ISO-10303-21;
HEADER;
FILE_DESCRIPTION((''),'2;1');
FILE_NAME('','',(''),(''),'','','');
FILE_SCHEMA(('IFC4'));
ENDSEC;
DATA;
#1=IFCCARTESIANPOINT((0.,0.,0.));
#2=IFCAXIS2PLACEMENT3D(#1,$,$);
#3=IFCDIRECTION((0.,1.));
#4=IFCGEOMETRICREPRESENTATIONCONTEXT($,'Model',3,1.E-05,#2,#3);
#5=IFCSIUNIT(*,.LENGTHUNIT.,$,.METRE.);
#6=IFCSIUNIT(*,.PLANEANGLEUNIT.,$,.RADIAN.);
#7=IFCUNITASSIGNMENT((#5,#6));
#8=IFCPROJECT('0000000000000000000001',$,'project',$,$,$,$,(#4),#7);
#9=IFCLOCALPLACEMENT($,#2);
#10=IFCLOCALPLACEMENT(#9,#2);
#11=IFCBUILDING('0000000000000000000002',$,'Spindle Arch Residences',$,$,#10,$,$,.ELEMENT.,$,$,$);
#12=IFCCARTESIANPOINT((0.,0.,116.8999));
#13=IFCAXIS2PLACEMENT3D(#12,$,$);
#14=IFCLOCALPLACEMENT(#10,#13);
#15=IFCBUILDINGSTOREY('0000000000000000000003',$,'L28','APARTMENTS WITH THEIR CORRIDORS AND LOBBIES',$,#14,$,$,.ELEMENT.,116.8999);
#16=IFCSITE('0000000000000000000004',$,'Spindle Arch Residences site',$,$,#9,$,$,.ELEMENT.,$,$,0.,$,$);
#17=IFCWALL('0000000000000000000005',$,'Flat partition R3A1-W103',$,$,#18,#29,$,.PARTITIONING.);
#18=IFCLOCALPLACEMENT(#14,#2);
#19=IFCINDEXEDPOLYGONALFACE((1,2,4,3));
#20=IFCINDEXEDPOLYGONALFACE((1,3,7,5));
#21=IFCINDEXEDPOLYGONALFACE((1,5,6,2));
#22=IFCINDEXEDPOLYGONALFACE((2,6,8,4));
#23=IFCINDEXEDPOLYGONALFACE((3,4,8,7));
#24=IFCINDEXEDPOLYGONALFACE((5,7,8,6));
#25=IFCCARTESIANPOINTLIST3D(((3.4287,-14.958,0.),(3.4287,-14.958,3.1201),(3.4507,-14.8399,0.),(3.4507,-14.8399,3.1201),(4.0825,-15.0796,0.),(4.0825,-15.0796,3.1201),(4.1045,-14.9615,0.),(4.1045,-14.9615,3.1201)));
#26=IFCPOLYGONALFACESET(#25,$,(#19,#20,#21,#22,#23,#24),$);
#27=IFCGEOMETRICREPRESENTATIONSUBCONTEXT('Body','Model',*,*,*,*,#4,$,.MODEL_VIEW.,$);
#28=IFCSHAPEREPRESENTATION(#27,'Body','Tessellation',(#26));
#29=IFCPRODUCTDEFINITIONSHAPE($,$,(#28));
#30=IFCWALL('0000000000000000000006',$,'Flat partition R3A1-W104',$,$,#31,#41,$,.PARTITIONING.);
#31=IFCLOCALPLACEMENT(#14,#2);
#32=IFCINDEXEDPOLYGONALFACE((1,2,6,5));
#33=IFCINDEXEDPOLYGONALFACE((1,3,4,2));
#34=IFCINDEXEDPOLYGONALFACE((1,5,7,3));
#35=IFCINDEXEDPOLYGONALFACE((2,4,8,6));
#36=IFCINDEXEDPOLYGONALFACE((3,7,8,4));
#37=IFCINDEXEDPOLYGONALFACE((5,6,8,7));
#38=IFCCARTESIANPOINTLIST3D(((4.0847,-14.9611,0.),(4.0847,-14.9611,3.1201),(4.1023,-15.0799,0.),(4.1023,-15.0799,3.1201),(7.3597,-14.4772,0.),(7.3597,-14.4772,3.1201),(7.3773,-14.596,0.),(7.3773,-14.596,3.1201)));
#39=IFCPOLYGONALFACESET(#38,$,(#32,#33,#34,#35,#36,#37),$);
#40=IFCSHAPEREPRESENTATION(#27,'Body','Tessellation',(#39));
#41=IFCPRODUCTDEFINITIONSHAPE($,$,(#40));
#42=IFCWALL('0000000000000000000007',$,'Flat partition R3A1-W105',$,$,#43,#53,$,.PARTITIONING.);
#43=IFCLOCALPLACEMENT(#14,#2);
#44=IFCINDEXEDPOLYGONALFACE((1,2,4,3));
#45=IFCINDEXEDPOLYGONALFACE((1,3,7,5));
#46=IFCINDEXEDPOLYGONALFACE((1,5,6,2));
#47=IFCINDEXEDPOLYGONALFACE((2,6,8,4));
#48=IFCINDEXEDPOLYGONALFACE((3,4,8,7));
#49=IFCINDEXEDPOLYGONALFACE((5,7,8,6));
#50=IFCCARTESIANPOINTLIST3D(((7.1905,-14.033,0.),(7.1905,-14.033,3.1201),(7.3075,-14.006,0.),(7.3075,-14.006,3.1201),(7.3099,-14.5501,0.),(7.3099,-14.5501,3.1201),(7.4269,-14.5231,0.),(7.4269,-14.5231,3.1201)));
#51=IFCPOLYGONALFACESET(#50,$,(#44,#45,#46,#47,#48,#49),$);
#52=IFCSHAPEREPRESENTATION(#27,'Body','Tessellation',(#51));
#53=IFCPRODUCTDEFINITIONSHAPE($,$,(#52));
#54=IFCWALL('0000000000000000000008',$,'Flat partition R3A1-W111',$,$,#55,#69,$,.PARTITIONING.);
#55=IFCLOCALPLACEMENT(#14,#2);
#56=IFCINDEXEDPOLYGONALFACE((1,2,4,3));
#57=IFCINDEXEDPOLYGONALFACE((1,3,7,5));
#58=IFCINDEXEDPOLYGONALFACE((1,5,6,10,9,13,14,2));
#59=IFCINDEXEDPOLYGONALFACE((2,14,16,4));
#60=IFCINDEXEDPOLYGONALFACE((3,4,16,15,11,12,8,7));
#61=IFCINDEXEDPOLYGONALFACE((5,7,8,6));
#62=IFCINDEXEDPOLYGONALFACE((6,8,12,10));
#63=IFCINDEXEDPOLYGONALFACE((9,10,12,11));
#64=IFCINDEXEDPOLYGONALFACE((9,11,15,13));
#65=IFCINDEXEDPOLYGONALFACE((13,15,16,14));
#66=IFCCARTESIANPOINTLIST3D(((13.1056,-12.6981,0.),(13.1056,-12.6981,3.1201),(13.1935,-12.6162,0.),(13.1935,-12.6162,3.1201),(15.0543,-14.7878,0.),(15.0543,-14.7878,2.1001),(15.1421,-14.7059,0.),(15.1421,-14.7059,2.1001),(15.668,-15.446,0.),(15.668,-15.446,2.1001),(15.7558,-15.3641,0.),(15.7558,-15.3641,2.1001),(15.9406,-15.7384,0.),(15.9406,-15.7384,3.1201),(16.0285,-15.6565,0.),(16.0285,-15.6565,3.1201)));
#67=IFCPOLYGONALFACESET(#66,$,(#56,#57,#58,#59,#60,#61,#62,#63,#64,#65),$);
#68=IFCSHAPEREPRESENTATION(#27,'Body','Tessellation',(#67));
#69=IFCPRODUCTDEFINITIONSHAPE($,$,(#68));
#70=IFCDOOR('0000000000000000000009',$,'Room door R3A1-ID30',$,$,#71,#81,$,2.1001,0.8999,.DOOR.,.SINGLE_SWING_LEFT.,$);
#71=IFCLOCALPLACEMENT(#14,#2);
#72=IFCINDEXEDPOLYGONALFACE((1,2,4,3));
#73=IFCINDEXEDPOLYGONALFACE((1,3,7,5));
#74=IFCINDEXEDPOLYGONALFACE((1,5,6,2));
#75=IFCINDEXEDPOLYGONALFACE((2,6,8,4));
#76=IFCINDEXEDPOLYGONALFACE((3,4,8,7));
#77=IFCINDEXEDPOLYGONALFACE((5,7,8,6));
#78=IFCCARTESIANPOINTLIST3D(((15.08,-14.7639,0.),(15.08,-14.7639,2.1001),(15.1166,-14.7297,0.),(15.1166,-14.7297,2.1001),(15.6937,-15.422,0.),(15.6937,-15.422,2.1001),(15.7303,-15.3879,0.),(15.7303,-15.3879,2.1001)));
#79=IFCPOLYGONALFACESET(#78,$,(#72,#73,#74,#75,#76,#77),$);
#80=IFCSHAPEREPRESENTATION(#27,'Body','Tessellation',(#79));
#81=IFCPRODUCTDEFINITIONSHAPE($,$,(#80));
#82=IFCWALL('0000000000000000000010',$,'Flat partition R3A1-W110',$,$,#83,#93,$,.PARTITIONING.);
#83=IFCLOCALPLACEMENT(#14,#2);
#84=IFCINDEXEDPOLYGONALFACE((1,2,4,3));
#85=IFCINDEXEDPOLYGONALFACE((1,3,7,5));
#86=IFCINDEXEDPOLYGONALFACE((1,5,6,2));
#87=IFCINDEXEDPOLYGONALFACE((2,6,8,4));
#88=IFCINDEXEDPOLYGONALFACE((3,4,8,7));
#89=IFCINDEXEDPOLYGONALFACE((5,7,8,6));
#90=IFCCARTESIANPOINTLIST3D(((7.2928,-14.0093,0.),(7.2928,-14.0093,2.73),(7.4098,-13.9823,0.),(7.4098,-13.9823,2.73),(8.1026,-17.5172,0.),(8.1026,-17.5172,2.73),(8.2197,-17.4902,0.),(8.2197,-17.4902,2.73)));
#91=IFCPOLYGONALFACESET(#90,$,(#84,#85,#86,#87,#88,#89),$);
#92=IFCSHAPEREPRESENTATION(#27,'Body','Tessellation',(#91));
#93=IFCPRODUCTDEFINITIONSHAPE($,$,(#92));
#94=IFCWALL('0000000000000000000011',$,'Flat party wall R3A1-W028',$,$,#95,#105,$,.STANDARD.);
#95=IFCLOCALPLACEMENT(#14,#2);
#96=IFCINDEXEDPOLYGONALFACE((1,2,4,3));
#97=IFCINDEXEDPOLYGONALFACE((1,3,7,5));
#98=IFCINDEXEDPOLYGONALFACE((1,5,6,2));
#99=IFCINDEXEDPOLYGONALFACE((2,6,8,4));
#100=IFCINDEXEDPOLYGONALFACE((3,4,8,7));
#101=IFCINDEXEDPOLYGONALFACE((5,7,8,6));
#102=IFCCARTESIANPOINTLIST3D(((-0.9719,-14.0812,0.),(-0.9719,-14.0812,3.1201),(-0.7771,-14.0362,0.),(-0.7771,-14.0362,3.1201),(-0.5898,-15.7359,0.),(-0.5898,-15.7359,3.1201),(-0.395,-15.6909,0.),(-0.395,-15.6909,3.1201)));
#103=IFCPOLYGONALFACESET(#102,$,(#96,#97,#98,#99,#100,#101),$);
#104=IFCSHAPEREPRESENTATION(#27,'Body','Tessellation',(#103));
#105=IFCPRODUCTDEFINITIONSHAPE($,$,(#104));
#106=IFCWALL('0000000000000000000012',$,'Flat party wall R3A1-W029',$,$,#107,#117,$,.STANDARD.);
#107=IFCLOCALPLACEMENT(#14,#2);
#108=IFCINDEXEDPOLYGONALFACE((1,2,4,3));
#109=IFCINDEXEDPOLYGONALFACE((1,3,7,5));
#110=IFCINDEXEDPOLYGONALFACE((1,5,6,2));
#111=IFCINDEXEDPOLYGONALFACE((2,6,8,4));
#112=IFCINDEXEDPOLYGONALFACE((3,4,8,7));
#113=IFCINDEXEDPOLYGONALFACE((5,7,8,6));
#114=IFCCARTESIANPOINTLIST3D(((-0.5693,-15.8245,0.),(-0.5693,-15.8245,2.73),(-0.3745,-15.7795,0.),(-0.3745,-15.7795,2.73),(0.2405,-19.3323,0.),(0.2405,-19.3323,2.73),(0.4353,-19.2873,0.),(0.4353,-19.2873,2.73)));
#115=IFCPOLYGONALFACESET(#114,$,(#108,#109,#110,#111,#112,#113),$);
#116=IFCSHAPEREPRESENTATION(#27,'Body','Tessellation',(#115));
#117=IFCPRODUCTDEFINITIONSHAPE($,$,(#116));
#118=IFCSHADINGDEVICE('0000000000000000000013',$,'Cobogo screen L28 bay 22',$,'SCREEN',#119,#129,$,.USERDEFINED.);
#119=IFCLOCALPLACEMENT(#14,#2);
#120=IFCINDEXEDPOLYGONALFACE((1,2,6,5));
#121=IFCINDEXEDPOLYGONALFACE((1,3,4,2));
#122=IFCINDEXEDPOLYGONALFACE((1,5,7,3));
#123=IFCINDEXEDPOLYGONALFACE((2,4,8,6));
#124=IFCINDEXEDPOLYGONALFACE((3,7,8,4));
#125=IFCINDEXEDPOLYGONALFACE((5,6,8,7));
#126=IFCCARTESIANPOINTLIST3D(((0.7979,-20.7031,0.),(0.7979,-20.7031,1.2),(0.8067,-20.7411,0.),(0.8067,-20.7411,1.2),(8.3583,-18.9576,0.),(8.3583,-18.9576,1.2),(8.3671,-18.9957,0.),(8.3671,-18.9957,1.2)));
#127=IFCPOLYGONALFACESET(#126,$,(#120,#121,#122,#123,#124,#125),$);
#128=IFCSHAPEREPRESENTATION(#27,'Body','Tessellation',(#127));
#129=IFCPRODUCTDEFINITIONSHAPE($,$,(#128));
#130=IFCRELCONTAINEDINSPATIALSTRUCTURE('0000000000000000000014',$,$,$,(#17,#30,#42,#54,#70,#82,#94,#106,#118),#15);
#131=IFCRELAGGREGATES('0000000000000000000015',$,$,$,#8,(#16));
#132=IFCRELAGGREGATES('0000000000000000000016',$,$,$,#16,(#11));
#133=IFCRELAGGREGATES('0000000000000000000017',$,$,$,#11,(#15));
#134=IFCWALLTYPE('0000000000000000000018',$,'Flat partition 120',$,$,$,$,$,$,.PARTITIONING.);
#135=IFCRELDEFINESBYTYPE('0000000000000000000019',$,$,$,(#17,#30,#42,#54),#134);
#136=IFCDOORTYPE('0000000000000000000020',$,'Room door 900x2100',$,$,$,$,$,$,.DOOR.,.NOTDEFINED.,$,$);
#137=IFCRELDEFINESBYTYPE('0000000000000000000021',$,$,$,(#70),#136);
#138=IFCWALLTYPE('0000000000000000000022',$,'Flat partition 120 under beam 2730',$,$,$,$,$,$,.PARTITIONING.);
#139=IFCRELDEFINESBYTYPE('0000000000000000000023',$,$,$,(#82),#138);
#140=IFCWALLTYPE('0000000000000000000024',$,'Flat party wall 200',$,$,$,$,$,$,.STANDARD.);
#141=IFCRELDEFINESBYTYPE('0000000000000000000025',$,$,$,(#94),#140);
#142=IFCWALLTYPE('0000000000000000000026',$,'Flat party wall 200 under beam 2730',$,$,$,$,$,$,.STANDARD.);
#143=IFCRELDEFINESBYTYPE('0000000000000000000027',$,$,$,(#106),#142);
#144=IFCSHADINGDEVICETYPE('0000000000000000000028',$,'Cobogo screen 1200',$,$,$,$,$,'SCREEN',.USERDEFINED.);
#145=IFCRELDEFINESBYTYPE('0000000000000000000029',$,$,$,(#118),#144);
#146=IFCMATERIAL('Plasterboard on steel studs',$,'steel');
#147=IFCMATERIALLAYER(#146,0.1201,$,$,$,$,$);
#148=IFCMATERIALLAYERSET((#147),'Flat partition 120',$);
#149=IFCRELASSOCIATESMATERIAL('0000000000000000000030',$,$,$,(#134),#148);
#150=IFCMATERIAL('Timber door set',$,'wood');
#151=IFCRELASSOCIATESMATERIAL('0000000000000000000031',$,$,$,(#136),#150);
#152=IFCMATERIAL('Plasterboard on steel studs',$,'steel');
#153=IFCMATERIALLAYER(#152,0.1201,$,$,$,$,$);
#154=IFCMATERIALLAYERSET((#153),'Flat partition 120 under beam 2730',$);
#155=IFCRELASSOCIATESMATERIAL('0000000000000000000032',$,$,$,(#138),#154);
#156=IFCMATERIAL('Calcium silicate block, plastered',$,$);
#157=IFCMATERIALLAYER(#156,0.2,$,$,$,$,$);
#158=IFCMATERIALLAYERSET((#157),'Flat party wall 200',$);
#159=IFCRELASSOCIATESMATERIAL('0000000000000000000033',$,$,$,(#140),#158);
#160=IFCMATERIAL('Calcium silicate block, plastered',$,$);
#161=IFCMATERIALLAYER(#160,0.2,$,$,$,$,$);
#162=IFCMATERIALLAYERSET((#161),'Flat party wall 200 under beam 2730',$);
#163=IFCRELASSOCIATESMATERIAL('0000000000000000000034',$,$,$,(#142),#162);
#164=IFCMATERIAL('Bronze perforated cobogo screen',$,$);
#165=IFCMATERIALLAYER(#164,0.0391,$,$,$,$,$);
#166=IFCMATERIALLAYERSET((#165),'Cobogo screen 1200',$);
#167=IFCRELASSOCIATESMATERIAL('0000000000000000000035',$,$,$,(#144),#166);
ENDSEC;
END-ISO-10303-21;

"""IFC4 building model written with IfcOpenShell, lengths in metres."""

from ifc_helpers import new_model, si_unit, direction, frame, frame_2d, origin, origin_2d, place, context, subcontext, project, spatial, rectangle, extrude, material, layer, layer_set, type_object, element, fill, save


model = new_model("IFC4")

# Units and contexts
model_context = context("Model", 3, precision=1e-05, world=origin(), true_north=direction((0.0, 1.0)))
body_context = subcontext(model_context, "Body", "Model", "MODEL_VIEW")
ifc_project = project(units=[si_unit("LENGTHUNIT", "METRE"), si_unit("PLANEANGLEUNIT", "RADIAN")], contexts=[model_context])

# Site, building, storey
site_placement = place(None, origin())
site = spatial("IfcSite", under=ifc_project, at=site_placement, Name="Spindle Arch Residences site", CompositionType="ELEMENT", RefElevation=0.0)
building_placement = place(site_placement, origin())
building = spatial("IfcBuilding", under=site, at=building_placement, Name="Spindle Arch Residences", CompositionType="ELEMENT")
storey_placement = place(building_placement, frame((0.0, 0.0, 116.8999)))
storey = spatial("IfcBuildingStorey", under=building, at=storey_placement, Name="L28", Description="APARTMENTS WITH THEIR CORRIDORS AND LOBBIES", CompositionType="ELEMENT", Elevation=116.8999)

# Walls
ifc_material_1 = material(Name="Plasterboard on steel studs", Category="steel")
ifc_layer_1 = layer(ifc_material_1, 0.1201)
ifc_layer_set_1 = layer_set([ifc_layer_1], Name="Flat partition 120")
wall_type_1 = type_object("IfcWallType", Name="Flat partition 120", PredefinedType="PARTITIONING", material=ifc_layer_set_1)
wall_1_placement = place(storey_placement, frame((3.4397, -14.8989, 0.0), z_axis=(0.0, 0.0, 1.0), x_axis=(0.983145, -0.182825, 0.0)))
element("IfcWall", 1, at=wall_1_placement, inside=storey, type_object=wall_type_1, Name="Flat partition R3A1-W103", PredefinedType="PARTITIONING", context=body_context, shape_type="SweptSolid", body=[
    extrude(rectangle(XDim=0.665, YDim=0.1201, at=frame_2d((0.3325, 0.0))), origin(), (0.0, 0.0, 1.0), 3.1201),
])
wall_2_placement = place(storey_placement, frame((4.0935, -15.0205, 0.0), z_axis=(0.0, 0.0, 1.0), x_axis=(0.98926, 0.146169, 0.0)))
element("IfcWall", 2, at=wall_2_placement, inside=storey, type_object=wall_type_1, Name="Flat partition R3A1-W104", PredefinedType="PARTITIONING", context=body_context, shape_type="SweptSolid", body=[
    extrude(rectangle(XDim=3.3105, YDim=0.1201, at=frame_2d((1.6553, 0.0))), origin(), (0.0, 0.0, 1.0), 3.1201),
])
wall_3_placement = place(storey_placement, frame((7.3684, -14.5366, 0.0), z_axis=(0.0, 0.0, 1.0), x_axis=(-0.22496, 0.974368, 0.0)))
element("IfcWall", 3, at=wall_3_placement, inside=storey, type_object=wall_type_1, Name="Flat partition R3A1-W105", PredefinedType="PARTITIONING", context=body_context, shape_type="SweptSolid", body=[
    extrude(rectangle(XDim=0.5308, YDim=0.1201, at=frame_2d((0.2654, 0.0))), origin(), (0.0, 0.0, 1.0), 3.1201),
])

# Wall, opening, door
wall_4_placement = place(storey_placement, frame((15.9846, -15.6975, 0.0), z_axis=(0.0, 0.0, 1.0), x_axis=(-0.681979, 0.731372, 0.0)))
wall_4 = element("IfcWall", 4, at=wall_4_placement, inside=storey, type_object=wall_type_1, Name="Flat partition R3A1-W111", PredefinedType="PARTITIONING", context=body_context, shape_type="SweptSolid", body=[
    extrude(rectangle(XDim=4.157, YDim=0.1201, at=frame_2d((2.0786, 0.0))), origin(), (0.0, 0.0, 1.0), 3.1201),
])
opening_1_placement = place(wall_4_placement, frame((0.3999, 0.0, 0.0)))
opening_1 = element("IfcOpeningElement", 5, at=opening_1_placement, cuts=wall_4, PredefinedType="OPENING", context=body_context, shape_type="SweptSolid", body=[
    extrude(rectangle(XDim=0.8999, YDim=2.1001, at=frame_2d((0.45, 1.05))), frame((0.0, 0.0701, 0.0), z_axis=(0.0, -1.0, 0.0), x_axis=(1.0, 0.0, 0.0)), (0.0, 0.0, 1.0), 0.1401),
])
ifc_material_2 = material(Name="Timber door set", Category="wood")
door_type_1 = type_object("IfcDoorType", Name="Room door 900x2100", OperationType="NOTDEFINED", PredefinedType="DOOR", material=ifc_material_2)
door_1_placement = place(opening_1_placement, origin())
door_1 = element("IfcDoor", 6, at=door_1_placement, inside=storey, type_object=door_type_1, Name="Room door R3A1-ID30", OperationType="SINGLE_SWING_LEFT", OverallHeight=2.1001, OverallWidth=0.8999, PredefinedType="DOOR", context=body_context, shape_type="SweptSolid", body=[
    extrude(rectangle(XDim=0.8999, YDim=2.1001, at=frame_2d((0.45, 1.05))), frame((0.0, 0.0249, 0.0), z_axis=(0.0, -1.0, 0.0), x_axis=(1.0, 0.0, 0.0)), (0.0, 0.0, 1.0), 0.05),
])
fill(opening_1, door_1)

# Walls
ifc_material_3 = material(Name="Plasterboard on steel studs", Category="steel")
ifc_layer_2 = layer(ifc_material_3, 0.1201)
ifc_layer_set_2 = layer_set([ifc_layer_2], Name="Flat partition 120 under beam 2730")
wall_type_2 = type_object("IfcWallType", Name="Flat partition 120 under beam 2730", PredefinedType="PARTITIONING", material=ifc_layer_set_2)
wall_5_placement = place(storey_placement, frame((8.1611, -17.5037, 0.0), z_axis=(0.0, 0.0, 1.0), x_axis=(-0.224944, 0.974372, 0.0)))
element("IfcWall", 7, at=wall_5_placement, inside=storey, type_object=wall_type_2, Name="Flat partition R3A1-W110", PredefinedType="PARTITIONING", context=body_context, shape_type="SweptSolid", body=[
    extrude(rectangle(XDim=3.6001, YDim=0.1201, at=frame_2d((1.8, 0.0))), origin(), (0.0, 0.0, 1.0), 2.73),
])
ifc_material_4 = material(Name="Calcium silicate block, plastered")
ifc_layer_3 = layer(ifc_material_4, 0.2)
ifc_layer_set_3 = layer_set([ifc_layer_3], Name="Flat party wall 200")
wall_type_3 = type_object("IfcWallType", Name="Flat party wall 200", PredefinedType="STANDARD", material=ifc_layer_set_3)
wall_6_placement = place(storey_placement, frame((-0.4924, -15.7134, 0.0), z_axis=(0.0, 0.0, 1.0), x_axis=(-0.224975, 0.974365, 0.0)))
element("IfcWall", 8, at=wall_6_placement, inside=storey, type_object=wall_type_3, Name="Flat party wall R3A1-W028", PredefinedType="STANDARD", context=body_context, shape_type="SweptSolid", body=[
    extrude(rectangle(XDim=1.6982, YDim=0.2, at=frame_2d((0.8491, 0.0))), origin(), (0.0, 0.0, 1.0), 3.1201),
])
ifc_material_5 = material(Name="Calcium silicate block, plastered")
ifc_layer_4 = layer(ifc_material_5, 0.2)
ifc_layer_set_4 = layer_set([ifc_layer_4], Name="Flat party wall 200 under beam 2730")
wall_type_4 = type_object("IfcWallType", Name="Flat party wall 200 under beam 2730", PredefinedType="STANDARD", material=ifc_layer_set_4)
wall_7_placement = place(storey_placement, frame((0.3379, -19.3098, 0.0), z_axis=(0.0, 0.0, 1.0), x_axis=(-0.224944, 0.974372, 0.0)))
element("IfcWall", 9, at=wall_7_placement, inside=storey, type_object=wall_type_4, Name="Flat party wall R3A1-W029", PredefinedType="STANDARD", context=body_context, shape_type="SweptSolid", body=[
    extrude(rectangle(XDim=3.6001, YDim=0.2, at=frame_2d((1.8, 0.0))), origin(), (0.0, 0.0, 1.0), 2.73),
])

# Shading device
ifc_material_6 = material(Name="Bronze perforated cobogo screen")
ifc_layer_5 = layer(ifc_material_6, 0.0391)
ifc_layer_set_5 = layer_set([ifc_layer_5], Name="Cobogo screen 1200")
shading_device_type = type_object("IfcShadingDeviceType", Name="Cobogo screen 1200", ElementType="SCREEN", PredefinedType="USERDEFINED", material=ifc_layer_set_5)
shading_device_placement = place(storey_placement, frame((4.5825, -19.8494, 0.0), z_axis=(0.0, 0.0, 1.0), x_axis=(0.97437, 0.224951, 0.0)))
element("IfcShadingDevice", 10, at=shading_device_placement, inside=storey, type_object=shading_device_type, Name="Cobogo screen L28 bay 22", ObjectType="SCREEN", PredefinedType="USERDEFINED", context=body_context, shape_type="SweptSolid", body=[
    extrude(rectangle(XDim=7.7593, YDim=0.0391, at=origin_2d()), origin(), (0.0, 0.0, 1.0), 1.2),
])

save(model, "model.ifc")
